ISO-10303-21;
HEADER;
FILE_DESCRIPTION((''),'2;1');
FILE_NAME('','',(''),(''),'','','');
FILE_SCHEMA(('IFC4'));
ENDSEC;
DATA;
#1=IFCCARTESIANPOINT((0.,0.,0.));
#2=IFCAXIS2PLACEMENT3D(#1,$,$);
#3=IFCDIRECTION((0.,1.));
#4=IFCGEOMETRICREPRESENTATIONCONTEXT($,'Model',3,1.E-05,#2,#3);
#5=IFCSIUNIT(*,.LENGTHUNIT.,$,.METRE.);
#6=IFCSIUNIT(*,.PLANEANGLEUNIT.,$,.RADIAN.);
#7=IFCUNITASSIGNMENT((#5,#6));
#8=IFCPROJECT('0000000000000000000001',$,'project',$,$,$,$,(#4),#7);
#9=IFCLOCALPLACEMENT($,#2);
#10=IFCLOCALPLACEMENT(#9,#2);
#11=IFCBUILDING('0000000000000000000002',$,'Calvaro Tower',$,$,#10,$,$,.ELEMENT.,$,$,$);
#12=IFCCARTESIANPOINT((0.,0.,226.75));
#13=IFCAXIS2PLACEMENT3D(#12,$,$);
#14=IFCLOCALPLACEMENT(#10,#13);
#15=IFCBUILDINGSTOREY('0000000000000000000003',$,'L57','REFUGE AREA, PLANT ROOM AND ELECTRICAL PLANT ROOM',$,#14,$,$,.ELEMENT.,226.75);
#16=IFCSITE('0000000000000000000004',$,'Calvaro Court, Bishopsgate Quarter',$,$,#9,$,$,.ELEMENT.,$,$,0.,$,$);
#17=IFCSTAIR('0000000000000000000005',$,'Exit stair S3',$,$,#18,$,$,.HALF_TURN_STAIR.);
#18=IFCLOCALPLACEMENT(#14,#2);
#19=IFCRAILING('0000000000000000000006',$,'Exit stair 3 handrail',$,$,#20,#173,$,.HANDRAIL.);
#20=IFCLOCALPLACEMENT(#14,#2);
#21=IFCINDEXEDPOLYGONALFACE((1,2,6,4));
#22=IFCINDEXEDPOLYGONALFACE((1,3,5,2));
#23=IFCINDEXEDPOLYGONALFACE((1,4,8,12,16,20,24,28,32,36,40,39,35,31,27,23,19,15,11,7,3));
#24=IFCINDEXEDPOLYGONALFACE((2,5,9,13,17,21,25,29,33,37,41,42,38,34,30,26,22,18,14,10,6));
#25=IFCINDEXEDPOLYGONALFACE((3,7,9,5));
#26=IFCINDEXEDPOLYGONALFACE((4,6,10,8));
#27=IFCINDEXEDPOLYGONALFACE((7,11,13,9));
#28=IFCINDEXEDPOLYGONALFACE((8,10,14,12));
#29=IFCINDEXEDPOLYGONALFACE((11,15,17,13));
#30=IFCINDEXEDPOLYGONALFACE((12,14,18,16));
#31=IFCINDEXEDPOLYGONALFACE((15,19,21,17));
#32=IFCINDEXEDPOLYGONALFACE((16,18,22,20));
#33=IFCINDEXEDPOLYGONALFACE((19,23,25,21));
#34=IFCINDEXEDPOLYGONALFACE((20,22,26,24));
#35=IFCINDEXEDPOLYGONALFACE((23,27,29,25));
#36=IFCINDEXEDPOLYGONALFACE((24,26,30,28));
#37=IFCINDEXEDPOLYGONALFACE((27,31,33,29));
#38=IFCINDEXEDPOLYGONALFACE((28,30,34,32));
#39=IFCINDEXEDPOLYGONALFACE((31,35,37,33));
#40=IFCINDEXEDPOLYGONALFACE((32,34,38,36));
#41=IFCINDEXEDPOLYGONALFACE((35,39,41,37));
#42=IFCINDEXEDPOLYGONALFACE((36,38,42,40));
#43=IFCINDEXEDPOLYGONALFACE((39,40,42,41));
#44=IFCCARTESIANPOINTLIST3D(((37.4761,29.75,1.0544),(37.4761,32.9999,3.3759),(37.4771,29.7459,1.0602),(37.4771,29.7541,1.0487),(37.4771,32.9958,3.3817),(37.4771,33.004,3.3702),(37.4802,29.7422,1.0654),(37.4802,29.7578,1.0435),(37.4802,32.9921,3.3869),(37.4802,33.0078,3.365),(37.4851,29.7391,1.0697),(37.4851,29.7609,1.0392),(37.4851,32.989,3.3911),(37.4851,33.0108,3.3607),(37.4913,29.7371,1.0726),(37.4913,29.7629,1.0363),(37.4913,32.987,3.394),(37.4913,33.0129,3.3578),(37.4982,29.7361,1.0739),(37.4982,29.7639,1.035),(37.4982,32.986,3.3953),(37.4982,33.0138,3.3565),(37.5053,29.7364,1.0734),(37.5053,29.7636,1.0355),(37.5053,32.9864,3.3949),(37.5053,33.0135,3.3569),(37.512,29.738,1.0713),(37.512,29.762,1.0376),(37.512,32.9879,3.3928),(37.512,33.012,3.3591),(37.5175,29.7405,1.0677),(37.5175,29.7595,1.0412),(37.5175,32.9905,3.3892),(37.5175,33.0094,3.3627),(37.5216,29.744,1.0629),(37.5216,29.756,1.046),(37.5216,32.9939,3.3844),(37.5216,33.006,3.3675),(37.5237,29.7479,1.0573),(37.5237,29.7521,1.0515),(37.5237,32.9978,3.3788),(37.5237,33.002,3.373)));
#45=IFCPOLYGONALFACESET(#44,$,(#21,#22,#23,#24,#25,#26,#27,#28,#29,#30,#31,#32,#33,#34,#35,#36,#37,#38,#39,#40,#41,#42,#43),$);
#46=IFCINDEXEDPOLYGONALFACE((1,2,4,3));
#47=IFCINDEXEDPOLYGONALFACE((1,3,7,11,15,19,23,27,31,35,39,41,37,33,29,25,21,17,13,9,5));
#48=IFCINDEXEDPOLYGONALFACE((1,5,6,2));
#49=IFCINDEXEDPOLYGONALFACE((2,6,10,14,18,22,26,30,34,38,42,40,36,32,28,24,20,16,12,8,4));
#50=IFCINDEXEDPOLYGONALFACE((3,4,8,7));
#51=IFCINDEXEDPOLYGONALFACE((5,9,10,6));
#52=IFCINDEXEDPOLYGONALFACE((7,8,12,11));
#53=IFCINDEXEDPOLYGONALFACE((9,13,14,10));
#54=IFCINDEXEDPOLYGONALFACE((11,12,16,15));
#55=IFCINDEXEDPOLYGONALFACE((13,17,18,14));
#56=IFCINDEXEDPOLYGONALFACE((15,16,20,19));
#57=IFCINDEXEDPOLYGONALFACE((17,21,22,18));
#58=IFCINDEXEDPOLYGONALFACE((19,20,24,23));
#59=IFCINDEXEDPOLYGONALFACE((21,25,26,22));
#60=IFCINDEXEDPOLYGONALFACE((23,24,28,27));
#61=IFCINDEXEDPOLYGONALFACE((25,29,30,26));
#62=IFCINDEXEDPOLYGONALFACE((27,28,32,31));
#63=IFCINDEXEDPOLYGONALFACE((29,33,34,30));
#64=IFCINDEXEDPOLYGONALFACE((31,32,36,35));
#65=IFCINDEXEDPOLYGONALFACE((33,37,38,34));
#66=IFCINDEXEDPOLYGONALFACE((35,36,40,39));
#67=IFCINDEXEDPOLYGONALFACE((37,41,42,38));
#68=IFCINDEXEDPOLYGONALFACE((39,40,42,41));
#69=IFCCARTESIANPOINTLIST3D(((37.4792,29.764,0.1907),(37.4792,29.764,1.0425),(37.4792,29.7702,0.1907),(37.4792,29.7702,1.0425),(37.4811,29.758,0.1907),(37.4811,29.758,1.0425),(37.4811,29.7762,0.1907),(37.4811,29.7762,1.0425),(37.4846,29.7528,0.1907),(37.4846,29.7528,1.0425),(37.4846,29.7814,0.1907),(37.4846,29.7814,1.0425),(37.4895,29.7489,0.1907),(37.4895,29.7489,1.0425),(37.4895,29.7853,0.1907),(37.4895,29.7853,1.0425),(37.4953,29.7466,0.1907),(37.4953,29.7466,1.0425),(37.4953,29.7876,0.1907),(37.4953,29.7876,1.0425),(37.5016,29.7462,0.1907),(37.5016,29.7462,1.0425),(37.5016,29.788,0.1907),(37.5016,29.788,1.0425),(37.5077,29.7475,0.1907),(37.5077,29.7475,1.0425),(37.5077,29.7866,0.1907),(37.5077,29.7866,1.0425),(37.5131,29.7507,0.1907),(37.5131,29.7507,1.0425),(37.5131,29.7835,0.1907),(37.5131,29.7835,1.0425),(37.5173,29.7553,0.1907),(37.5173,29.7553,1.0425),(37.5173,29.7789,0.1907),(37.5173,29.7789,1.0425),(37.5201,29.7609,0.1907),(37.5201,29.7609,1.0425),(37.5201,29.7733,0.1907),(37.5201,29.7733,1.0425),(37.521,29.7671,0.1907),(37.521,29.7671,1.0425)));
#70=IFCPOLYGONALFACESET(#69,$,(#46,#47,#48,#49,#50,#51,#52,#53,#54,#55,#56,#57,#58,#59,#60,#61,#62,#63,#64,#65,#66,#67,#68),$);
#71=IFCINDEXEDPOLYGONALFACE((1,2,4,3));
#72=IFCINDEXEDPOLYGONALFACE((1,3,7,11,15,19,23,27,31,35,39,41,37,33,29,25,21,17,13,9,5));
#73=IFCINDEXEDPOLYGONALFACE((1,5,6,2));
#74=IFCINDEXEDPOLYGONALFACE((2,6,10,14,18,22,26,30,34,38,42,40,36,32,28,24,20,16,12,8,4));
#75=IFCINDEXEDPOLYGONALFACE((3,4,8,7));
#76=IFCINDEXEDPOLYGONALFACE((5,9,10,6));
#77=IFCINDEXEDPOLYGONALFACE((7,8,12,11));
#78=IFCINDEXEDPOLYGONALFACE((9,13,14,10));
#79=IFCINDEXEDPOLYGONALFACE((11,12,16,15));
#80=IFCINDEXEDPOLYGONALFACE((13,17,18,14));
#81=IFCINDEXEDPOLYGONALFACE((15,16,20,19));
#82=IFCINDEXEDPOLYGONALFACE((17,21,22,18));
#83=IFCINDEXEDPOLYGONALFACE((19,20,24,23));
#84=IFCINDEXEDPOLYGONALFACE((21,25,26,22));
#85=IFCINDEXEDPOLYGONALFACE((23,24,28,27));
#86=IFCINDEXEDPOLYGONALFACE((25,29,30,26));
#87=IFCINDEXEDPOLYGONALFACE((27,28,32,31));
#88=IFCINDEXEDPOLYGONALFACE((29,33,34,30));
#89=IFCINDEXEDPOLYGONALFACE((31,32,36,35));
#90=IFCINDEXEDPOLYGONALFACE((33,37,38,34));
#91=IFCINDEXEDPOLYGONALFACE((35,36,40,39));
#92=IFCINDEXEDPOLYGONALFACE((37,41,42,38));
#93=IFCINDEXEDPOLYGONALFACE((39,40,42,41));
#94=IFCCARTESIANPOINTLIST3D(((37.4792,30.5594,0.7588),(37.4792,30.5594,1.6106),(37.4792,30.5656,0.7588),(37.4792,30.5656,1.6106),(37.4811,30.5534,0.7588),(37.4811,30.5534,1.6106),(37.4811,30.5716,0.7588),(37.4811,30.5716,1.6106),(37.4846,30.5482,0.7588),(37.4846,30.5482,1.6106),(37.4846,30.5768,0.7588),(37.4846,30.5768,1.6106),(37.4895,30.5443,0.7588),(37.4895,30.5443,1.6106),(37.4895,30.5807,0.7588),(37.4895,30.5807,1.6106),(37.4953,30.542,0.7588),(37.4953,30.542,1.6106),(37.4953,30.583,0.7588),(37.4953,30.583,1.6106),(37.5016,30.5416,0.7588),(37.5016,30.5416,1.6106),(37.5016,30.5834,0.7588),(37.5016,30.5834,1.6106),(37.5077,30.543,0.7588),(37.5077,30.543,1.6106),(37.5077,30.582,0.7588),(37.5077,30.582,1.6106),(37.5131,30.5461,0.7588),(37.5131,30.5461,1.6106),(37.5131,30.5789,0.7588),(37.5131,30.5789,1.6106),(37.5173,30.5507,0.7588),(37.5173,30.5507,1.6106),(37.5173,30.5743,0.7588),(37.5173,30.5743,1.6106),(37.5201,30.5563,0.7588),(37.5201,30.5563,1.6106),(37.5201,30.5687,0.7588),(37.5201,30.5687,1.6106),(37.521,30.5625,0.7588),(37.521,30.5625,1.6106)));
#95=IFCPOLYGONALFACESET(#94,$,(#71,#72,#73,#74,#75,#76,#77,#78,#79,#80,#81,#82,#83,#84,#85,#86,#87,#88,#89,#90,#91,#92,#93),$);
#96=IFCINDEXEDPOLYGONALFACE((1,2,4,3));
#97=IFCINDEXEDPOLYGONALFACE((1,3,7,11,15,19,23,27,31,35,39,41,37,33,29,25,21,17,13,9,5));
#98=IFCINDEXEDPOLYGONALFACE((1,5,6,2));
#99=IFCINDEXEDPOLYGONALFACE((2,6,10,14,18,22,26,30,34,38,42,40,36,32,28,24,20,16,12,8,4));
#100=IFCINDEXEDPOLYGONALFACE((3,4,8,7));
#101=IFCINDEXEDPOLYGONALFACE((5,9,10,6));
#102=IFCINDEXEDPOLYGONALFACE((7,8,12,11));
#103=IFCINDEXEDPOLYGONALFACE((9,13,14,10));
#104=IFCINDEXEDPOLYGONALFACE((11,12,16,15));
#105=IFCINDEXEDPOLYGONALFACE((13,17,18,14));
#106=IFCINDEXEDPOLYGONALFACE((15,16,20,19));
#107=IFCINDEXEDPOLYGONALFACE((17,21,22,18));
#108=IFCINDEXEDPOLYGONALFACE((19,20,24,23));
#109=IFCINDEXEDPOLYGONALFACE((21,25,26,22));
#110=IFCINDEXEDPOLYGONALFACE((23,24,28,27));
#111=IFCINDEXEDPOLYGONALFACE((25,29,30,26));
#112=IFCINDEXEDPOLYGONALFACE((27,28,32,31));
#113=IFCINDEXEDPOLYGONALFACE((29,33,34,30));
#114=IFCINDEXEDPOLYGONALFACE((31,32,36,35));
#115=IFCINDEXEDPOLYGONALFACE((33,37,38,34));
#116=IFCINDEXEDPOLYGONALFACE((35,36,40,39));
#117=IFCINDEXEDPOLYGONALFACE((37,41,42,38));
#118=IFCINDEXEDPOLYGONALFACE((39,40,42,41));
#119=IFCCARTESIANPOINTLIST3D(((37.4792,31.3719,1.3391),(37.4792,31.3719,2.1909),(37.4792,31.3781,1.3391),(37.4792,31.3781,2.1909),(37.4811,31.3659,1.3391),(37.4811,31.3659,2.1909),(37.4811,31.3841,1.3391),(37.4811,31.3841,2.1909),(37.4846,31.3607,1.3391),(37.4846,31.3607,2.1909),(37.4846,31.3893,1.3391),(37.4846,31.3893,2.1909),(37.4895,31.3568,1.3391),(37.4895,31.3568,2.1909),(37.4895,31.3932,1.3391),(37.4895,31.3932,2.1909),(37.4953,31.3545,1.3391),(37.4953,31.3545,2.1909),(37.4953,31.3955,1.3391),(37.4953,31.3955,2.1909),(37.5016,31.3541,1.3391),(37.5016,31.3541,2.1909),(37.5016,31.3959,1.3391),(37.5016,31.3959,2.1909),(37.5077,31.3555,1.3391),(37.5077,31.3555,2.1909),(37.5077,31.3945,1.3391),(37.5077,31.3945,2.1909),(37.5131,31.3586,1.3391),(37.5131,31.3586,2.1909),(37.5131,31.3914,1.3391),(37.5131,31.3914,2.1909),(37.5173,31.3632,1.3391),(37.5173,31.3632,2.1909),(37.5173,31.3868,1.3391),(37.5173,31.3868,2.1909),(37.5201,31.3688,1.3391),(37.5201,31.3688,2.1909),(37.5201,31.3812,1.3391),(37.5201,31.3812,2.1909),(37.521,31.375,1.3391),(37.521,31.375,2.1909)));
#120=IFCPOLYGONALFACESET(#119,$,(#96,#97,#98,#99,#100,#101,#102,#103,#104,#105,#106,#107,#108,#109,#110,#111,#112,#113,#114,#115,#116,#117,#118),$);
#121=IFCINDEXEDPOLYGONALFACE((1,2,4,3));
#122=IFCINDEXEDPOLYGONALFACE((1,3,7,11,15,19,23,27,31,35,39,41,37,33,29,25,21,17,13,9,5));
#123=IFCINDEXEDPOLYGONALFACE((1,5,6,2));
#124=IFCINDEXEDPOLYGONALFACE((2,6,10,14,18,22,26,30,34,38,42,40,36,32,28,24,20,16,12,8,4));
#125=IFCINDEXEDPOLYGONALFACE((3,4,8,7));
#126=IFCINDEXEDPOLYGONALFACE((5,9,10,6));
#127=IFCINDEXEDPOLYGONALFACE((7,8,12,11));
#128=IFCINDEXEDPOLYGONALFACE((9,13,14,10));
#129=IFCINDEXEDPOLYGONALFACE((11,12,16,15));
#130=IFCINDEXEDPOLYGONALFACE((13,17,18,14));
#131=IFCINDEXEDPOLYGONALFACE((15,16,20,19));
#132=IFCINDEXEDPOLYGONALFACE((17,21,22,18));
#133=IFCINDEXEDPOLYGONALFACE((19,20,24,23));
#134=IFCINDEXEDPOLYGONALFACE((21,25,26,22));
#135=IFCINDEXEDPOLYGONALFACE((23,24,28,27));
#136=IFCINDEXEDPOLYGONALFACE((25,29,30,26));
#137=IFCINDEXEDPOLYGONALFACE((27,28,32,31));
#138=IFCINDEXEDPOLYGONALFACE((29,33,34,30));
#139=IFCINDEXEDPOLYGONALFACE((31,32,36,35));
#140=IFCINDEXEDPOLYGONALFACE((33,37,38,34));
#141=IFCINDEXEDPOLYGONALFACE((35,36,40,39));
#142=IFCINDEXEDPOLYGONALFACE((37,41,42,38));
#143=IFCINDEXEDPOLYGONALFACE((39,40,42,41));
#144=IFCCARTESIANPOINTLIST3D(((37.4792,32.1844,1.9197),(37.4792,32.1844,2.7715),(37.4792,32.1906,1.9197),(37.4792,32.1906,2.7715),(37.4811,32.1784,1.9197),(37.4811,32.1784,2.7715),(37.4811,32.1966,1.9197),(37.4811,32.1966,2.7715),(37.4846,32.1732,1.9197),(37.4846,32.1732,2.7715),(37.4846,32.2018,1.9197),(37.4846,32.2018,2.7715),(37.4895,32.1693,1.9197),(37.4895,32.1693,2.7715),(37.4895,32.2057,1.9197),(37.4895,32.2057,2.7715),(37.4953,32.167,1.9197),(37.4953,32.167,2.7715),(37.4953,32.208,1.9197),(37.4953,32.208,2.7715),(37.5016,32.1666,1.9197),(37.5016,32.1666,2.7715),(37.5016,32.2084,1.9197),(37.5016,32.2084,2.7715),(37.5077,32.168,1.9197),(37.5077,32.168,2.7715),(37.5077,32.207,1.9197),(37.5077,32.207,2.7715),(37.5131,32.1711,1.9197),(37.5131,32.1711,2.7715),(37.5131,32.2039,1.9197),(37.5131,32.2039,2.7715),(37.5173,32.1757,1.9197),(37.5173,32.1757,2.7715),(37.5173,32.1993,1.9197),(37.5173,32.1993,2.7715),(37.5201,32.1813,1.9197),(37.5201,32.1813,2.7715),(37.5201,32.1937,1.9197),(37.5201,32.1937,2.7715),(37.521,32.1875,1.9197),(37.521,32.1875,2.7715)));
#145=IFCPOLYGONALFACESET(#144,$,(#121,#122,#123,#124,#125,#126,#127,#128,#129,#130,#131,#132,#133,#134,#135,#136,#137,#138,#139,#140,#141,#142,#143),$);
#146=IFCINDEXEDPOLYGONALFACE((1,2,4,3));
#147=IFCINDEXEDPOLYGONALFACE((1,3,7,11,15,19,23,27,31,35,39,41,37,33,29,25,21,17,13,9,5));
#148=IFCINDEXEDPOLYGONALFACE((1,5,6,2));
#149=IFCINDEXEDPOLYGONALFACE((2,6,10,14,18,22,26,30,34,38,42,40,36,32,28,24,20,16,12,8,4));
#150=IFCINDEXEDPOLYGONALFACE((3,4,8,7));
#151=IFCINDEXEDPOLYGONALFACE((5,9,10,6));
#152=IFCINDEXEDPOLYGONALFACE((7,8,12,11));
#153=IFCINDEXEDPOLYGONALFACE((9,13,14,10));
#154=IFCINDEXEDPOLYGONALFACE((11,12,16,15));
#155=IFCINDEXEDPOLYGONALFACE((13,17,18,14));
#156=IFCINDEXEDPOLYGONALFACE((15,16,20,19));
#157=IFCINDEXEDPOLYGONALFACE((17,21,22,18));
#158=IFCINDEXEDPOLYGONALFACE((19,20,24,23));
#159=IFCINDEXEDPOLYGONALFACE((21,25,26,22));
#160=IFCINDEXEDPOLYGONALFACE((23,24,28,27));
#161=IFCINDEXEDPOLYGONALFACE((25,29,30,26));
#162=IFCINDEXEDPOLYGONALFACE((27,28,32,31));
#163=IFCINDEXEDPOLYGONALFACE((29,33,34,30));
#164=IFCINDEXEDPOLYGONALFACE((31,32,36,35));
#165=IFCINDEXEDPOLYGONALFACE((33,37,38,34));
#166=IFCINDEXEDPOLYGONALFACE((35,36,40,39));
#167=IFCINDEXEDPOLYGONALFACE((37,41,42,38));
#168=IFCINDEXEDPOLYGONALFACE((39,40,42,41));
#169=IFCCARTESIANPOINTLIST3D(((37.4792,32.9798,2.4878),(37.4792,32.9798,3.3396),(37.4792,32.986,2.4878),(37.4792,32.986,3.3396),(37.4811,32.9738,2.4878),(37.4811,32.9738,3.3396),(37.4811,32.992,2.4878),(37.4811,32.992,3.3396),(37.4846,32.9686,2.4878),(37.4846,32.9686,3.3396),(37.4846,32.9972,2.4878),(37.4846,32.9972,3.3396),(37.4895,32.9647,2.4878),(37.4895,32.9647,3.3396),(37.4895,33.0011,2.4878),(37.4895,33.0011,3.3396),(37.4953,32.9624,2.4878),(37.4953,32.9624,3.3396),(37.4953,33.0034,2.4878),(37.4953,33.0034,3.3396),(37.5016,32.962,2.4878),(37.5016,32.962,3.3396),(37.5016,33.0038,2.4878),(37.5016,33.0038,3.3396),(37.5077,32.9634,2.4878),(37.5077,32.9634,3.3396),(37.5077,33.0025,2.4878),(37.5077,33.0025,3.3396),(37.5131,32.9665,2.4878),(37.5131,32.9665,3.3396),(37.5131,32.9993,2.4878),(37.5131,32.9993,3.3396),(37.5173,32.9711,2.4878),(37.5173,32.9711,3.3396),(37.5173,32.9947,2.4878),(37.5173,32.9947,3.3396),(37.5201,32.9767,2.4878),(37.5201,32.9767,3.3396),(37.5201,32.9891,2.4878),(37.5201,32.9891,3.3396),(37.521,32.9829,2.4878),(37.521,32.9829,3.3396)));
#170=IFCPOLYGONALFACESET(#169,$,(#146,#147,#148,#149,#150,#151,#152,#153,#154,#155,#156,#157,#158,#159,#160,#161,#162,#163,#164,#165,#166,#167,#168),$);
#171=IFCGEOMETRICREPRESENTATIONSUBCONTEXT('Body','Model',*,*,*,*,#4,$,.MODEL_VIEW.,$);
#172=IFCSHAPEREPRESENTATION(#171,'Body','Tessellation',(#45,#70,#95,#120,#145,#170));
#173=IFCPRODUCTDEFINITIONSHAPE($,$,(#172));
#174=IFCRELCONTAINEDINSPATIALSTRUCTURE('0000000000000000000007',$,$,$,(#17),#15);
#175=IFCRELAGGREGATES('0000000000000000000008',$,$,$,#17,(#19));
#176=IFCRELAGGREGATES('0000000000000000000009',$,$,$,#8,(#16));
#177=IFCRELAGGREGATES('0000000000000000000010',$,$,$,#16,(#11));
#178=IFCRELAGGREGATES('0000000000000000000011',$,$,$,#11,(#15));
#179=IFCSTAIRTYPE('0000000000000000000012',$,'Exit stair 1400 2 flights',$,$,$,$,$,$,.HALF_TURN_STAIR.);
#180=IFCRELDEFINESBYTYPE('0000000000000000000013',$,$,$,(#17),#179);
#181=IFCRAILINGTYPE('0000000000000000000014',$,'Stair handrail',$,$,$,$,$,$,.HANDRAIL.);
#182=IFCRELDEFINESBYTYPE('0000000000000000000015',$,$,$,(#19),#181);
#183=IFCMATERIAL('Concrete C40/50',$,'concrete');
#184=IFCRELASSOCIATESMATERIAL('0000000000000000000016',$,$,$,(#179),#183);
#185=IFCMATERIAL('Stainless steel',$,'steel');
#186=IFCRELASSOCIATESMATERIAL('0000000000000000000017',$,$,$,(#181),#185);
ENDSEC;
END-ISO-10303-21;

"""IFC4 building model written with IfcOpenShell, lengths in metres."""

from ifc_helpers import new_model, si_unit, direction, frame, origin, origin_2d, place, context, subcontext, project, spatial, circle, extrude, material, type_object, element, aggregate, save


model = new_model("IFC4")

# Units and contexts
model_context = context("Model", 3, precision=1e-05, world=origin(), true_north=direction((0.0, 1.0)))
body_context = subcontext(model_context, "Body", "Model", "MODEL_VIEW")
ifc_project = project(units=[si_unit("LENGTHUNIT", "METRE"), si_unit("PLANEANGLEUNIT", "RADIAN")], contexts=[model_context])

# Site, building, storey
site_placement = place(None, origin())
site = spatial("IfcSite", under=ifc_project, at=site_placement, Name="Calvaro Court, Bishopsgate Quarter", CompositionType="ELEMENT", RefElevation=0.0)
building_placement = place(site_placement, origin())
building = spatial("IfcBuilding", under=site, at=building_placement, Name="Calvaro Tower", CompositionType="ELEMENT")
storey_placement = place(building_placement, frame((0.0, 0.0, 226.75)))
storey = spatial("IfcBuildingStorey", under=building, at=storey_placement, Name="L57", Description="REFUGE AREA, PLANT ROOM AND ELECTRICAL PLANT ROOM", CompositionType="ELEMENT", Elevation=226.75)

# Stair
ifc_material_1 = material(Name="Concrete C40/50", Category="concrete")
stair_type = type_object("IfcStairType", Name="Exit stair 1400 2 flights", PredefinedType="HALF_TURN_STAIR", material=ifc_material_1)
stair_1_placement = place(storey_placement, origin())
stair_1 = element("IfcStair", 1, at=stair_1_placement, inside=storey, type_object=stair_type, Name="Exit stair S3", PredefinedType="HALF_TURN_STAIR")

# Railing
ifc_material_2 = material(Name="Stainless steel", Category="steel")
railing_type = type_object("IfcRailingType", Name="Stair handrail", PredefinedType="HANDRAIL", material=ifc_material_2)
railing_1_placement = place(storey_placement, frame((37.5, 29.75, 0.1785)))
railing_1 = element("IfcRailing", 2, at=railing_1_placement, type_object=railing_type, Name="Exit stair 3 handrail", PredefinedType="HANDRAIL", context=body_context, shape_type="SweptSolid", body=[
    extrude(circle(Radius=0.0239, at=origin_2d()), frame((0.0, 0.0, 0.876), z_axis=(0.0, 0.813721, 0.581256), x_axis=(-1.0, 0.0, 0.0)), (0.0, 0.0, 1.0), 3.9939),
    extrude(circle(Radius=0.021, at=origin_2d()), frame((0.0, 0.0171, 0.0122)), (0.0, 0.0, 1.0), 0.8518),
    extrude(circle(Radius=0.021, at=origin_2d()), frame((0.0, 0.8125, 0.5803)), (0.0, 0.0, 1.0), 0.8518),
    extrude(circle(Radius=0.021, at=origin_2d()), frame((0.0, 1.625, 1.1606)), (0.0, 0.0, 1.0), 0.8518),
    extrude(circle(Radius=0.021, at=origin_2d()), frame((0.0, 2.4375, 1.7412)), (0.0, 0.0, 1.0), 0.8518),
    extrude(circle(Radius=0.021, at=origin_2d()), frame((0.0, 3.2329, 2.3093)), (0.0, 0.0, 1.0), 0.8518),
])
aggregate(stair_1, [railing_1])

save(model, "model.ifc")
